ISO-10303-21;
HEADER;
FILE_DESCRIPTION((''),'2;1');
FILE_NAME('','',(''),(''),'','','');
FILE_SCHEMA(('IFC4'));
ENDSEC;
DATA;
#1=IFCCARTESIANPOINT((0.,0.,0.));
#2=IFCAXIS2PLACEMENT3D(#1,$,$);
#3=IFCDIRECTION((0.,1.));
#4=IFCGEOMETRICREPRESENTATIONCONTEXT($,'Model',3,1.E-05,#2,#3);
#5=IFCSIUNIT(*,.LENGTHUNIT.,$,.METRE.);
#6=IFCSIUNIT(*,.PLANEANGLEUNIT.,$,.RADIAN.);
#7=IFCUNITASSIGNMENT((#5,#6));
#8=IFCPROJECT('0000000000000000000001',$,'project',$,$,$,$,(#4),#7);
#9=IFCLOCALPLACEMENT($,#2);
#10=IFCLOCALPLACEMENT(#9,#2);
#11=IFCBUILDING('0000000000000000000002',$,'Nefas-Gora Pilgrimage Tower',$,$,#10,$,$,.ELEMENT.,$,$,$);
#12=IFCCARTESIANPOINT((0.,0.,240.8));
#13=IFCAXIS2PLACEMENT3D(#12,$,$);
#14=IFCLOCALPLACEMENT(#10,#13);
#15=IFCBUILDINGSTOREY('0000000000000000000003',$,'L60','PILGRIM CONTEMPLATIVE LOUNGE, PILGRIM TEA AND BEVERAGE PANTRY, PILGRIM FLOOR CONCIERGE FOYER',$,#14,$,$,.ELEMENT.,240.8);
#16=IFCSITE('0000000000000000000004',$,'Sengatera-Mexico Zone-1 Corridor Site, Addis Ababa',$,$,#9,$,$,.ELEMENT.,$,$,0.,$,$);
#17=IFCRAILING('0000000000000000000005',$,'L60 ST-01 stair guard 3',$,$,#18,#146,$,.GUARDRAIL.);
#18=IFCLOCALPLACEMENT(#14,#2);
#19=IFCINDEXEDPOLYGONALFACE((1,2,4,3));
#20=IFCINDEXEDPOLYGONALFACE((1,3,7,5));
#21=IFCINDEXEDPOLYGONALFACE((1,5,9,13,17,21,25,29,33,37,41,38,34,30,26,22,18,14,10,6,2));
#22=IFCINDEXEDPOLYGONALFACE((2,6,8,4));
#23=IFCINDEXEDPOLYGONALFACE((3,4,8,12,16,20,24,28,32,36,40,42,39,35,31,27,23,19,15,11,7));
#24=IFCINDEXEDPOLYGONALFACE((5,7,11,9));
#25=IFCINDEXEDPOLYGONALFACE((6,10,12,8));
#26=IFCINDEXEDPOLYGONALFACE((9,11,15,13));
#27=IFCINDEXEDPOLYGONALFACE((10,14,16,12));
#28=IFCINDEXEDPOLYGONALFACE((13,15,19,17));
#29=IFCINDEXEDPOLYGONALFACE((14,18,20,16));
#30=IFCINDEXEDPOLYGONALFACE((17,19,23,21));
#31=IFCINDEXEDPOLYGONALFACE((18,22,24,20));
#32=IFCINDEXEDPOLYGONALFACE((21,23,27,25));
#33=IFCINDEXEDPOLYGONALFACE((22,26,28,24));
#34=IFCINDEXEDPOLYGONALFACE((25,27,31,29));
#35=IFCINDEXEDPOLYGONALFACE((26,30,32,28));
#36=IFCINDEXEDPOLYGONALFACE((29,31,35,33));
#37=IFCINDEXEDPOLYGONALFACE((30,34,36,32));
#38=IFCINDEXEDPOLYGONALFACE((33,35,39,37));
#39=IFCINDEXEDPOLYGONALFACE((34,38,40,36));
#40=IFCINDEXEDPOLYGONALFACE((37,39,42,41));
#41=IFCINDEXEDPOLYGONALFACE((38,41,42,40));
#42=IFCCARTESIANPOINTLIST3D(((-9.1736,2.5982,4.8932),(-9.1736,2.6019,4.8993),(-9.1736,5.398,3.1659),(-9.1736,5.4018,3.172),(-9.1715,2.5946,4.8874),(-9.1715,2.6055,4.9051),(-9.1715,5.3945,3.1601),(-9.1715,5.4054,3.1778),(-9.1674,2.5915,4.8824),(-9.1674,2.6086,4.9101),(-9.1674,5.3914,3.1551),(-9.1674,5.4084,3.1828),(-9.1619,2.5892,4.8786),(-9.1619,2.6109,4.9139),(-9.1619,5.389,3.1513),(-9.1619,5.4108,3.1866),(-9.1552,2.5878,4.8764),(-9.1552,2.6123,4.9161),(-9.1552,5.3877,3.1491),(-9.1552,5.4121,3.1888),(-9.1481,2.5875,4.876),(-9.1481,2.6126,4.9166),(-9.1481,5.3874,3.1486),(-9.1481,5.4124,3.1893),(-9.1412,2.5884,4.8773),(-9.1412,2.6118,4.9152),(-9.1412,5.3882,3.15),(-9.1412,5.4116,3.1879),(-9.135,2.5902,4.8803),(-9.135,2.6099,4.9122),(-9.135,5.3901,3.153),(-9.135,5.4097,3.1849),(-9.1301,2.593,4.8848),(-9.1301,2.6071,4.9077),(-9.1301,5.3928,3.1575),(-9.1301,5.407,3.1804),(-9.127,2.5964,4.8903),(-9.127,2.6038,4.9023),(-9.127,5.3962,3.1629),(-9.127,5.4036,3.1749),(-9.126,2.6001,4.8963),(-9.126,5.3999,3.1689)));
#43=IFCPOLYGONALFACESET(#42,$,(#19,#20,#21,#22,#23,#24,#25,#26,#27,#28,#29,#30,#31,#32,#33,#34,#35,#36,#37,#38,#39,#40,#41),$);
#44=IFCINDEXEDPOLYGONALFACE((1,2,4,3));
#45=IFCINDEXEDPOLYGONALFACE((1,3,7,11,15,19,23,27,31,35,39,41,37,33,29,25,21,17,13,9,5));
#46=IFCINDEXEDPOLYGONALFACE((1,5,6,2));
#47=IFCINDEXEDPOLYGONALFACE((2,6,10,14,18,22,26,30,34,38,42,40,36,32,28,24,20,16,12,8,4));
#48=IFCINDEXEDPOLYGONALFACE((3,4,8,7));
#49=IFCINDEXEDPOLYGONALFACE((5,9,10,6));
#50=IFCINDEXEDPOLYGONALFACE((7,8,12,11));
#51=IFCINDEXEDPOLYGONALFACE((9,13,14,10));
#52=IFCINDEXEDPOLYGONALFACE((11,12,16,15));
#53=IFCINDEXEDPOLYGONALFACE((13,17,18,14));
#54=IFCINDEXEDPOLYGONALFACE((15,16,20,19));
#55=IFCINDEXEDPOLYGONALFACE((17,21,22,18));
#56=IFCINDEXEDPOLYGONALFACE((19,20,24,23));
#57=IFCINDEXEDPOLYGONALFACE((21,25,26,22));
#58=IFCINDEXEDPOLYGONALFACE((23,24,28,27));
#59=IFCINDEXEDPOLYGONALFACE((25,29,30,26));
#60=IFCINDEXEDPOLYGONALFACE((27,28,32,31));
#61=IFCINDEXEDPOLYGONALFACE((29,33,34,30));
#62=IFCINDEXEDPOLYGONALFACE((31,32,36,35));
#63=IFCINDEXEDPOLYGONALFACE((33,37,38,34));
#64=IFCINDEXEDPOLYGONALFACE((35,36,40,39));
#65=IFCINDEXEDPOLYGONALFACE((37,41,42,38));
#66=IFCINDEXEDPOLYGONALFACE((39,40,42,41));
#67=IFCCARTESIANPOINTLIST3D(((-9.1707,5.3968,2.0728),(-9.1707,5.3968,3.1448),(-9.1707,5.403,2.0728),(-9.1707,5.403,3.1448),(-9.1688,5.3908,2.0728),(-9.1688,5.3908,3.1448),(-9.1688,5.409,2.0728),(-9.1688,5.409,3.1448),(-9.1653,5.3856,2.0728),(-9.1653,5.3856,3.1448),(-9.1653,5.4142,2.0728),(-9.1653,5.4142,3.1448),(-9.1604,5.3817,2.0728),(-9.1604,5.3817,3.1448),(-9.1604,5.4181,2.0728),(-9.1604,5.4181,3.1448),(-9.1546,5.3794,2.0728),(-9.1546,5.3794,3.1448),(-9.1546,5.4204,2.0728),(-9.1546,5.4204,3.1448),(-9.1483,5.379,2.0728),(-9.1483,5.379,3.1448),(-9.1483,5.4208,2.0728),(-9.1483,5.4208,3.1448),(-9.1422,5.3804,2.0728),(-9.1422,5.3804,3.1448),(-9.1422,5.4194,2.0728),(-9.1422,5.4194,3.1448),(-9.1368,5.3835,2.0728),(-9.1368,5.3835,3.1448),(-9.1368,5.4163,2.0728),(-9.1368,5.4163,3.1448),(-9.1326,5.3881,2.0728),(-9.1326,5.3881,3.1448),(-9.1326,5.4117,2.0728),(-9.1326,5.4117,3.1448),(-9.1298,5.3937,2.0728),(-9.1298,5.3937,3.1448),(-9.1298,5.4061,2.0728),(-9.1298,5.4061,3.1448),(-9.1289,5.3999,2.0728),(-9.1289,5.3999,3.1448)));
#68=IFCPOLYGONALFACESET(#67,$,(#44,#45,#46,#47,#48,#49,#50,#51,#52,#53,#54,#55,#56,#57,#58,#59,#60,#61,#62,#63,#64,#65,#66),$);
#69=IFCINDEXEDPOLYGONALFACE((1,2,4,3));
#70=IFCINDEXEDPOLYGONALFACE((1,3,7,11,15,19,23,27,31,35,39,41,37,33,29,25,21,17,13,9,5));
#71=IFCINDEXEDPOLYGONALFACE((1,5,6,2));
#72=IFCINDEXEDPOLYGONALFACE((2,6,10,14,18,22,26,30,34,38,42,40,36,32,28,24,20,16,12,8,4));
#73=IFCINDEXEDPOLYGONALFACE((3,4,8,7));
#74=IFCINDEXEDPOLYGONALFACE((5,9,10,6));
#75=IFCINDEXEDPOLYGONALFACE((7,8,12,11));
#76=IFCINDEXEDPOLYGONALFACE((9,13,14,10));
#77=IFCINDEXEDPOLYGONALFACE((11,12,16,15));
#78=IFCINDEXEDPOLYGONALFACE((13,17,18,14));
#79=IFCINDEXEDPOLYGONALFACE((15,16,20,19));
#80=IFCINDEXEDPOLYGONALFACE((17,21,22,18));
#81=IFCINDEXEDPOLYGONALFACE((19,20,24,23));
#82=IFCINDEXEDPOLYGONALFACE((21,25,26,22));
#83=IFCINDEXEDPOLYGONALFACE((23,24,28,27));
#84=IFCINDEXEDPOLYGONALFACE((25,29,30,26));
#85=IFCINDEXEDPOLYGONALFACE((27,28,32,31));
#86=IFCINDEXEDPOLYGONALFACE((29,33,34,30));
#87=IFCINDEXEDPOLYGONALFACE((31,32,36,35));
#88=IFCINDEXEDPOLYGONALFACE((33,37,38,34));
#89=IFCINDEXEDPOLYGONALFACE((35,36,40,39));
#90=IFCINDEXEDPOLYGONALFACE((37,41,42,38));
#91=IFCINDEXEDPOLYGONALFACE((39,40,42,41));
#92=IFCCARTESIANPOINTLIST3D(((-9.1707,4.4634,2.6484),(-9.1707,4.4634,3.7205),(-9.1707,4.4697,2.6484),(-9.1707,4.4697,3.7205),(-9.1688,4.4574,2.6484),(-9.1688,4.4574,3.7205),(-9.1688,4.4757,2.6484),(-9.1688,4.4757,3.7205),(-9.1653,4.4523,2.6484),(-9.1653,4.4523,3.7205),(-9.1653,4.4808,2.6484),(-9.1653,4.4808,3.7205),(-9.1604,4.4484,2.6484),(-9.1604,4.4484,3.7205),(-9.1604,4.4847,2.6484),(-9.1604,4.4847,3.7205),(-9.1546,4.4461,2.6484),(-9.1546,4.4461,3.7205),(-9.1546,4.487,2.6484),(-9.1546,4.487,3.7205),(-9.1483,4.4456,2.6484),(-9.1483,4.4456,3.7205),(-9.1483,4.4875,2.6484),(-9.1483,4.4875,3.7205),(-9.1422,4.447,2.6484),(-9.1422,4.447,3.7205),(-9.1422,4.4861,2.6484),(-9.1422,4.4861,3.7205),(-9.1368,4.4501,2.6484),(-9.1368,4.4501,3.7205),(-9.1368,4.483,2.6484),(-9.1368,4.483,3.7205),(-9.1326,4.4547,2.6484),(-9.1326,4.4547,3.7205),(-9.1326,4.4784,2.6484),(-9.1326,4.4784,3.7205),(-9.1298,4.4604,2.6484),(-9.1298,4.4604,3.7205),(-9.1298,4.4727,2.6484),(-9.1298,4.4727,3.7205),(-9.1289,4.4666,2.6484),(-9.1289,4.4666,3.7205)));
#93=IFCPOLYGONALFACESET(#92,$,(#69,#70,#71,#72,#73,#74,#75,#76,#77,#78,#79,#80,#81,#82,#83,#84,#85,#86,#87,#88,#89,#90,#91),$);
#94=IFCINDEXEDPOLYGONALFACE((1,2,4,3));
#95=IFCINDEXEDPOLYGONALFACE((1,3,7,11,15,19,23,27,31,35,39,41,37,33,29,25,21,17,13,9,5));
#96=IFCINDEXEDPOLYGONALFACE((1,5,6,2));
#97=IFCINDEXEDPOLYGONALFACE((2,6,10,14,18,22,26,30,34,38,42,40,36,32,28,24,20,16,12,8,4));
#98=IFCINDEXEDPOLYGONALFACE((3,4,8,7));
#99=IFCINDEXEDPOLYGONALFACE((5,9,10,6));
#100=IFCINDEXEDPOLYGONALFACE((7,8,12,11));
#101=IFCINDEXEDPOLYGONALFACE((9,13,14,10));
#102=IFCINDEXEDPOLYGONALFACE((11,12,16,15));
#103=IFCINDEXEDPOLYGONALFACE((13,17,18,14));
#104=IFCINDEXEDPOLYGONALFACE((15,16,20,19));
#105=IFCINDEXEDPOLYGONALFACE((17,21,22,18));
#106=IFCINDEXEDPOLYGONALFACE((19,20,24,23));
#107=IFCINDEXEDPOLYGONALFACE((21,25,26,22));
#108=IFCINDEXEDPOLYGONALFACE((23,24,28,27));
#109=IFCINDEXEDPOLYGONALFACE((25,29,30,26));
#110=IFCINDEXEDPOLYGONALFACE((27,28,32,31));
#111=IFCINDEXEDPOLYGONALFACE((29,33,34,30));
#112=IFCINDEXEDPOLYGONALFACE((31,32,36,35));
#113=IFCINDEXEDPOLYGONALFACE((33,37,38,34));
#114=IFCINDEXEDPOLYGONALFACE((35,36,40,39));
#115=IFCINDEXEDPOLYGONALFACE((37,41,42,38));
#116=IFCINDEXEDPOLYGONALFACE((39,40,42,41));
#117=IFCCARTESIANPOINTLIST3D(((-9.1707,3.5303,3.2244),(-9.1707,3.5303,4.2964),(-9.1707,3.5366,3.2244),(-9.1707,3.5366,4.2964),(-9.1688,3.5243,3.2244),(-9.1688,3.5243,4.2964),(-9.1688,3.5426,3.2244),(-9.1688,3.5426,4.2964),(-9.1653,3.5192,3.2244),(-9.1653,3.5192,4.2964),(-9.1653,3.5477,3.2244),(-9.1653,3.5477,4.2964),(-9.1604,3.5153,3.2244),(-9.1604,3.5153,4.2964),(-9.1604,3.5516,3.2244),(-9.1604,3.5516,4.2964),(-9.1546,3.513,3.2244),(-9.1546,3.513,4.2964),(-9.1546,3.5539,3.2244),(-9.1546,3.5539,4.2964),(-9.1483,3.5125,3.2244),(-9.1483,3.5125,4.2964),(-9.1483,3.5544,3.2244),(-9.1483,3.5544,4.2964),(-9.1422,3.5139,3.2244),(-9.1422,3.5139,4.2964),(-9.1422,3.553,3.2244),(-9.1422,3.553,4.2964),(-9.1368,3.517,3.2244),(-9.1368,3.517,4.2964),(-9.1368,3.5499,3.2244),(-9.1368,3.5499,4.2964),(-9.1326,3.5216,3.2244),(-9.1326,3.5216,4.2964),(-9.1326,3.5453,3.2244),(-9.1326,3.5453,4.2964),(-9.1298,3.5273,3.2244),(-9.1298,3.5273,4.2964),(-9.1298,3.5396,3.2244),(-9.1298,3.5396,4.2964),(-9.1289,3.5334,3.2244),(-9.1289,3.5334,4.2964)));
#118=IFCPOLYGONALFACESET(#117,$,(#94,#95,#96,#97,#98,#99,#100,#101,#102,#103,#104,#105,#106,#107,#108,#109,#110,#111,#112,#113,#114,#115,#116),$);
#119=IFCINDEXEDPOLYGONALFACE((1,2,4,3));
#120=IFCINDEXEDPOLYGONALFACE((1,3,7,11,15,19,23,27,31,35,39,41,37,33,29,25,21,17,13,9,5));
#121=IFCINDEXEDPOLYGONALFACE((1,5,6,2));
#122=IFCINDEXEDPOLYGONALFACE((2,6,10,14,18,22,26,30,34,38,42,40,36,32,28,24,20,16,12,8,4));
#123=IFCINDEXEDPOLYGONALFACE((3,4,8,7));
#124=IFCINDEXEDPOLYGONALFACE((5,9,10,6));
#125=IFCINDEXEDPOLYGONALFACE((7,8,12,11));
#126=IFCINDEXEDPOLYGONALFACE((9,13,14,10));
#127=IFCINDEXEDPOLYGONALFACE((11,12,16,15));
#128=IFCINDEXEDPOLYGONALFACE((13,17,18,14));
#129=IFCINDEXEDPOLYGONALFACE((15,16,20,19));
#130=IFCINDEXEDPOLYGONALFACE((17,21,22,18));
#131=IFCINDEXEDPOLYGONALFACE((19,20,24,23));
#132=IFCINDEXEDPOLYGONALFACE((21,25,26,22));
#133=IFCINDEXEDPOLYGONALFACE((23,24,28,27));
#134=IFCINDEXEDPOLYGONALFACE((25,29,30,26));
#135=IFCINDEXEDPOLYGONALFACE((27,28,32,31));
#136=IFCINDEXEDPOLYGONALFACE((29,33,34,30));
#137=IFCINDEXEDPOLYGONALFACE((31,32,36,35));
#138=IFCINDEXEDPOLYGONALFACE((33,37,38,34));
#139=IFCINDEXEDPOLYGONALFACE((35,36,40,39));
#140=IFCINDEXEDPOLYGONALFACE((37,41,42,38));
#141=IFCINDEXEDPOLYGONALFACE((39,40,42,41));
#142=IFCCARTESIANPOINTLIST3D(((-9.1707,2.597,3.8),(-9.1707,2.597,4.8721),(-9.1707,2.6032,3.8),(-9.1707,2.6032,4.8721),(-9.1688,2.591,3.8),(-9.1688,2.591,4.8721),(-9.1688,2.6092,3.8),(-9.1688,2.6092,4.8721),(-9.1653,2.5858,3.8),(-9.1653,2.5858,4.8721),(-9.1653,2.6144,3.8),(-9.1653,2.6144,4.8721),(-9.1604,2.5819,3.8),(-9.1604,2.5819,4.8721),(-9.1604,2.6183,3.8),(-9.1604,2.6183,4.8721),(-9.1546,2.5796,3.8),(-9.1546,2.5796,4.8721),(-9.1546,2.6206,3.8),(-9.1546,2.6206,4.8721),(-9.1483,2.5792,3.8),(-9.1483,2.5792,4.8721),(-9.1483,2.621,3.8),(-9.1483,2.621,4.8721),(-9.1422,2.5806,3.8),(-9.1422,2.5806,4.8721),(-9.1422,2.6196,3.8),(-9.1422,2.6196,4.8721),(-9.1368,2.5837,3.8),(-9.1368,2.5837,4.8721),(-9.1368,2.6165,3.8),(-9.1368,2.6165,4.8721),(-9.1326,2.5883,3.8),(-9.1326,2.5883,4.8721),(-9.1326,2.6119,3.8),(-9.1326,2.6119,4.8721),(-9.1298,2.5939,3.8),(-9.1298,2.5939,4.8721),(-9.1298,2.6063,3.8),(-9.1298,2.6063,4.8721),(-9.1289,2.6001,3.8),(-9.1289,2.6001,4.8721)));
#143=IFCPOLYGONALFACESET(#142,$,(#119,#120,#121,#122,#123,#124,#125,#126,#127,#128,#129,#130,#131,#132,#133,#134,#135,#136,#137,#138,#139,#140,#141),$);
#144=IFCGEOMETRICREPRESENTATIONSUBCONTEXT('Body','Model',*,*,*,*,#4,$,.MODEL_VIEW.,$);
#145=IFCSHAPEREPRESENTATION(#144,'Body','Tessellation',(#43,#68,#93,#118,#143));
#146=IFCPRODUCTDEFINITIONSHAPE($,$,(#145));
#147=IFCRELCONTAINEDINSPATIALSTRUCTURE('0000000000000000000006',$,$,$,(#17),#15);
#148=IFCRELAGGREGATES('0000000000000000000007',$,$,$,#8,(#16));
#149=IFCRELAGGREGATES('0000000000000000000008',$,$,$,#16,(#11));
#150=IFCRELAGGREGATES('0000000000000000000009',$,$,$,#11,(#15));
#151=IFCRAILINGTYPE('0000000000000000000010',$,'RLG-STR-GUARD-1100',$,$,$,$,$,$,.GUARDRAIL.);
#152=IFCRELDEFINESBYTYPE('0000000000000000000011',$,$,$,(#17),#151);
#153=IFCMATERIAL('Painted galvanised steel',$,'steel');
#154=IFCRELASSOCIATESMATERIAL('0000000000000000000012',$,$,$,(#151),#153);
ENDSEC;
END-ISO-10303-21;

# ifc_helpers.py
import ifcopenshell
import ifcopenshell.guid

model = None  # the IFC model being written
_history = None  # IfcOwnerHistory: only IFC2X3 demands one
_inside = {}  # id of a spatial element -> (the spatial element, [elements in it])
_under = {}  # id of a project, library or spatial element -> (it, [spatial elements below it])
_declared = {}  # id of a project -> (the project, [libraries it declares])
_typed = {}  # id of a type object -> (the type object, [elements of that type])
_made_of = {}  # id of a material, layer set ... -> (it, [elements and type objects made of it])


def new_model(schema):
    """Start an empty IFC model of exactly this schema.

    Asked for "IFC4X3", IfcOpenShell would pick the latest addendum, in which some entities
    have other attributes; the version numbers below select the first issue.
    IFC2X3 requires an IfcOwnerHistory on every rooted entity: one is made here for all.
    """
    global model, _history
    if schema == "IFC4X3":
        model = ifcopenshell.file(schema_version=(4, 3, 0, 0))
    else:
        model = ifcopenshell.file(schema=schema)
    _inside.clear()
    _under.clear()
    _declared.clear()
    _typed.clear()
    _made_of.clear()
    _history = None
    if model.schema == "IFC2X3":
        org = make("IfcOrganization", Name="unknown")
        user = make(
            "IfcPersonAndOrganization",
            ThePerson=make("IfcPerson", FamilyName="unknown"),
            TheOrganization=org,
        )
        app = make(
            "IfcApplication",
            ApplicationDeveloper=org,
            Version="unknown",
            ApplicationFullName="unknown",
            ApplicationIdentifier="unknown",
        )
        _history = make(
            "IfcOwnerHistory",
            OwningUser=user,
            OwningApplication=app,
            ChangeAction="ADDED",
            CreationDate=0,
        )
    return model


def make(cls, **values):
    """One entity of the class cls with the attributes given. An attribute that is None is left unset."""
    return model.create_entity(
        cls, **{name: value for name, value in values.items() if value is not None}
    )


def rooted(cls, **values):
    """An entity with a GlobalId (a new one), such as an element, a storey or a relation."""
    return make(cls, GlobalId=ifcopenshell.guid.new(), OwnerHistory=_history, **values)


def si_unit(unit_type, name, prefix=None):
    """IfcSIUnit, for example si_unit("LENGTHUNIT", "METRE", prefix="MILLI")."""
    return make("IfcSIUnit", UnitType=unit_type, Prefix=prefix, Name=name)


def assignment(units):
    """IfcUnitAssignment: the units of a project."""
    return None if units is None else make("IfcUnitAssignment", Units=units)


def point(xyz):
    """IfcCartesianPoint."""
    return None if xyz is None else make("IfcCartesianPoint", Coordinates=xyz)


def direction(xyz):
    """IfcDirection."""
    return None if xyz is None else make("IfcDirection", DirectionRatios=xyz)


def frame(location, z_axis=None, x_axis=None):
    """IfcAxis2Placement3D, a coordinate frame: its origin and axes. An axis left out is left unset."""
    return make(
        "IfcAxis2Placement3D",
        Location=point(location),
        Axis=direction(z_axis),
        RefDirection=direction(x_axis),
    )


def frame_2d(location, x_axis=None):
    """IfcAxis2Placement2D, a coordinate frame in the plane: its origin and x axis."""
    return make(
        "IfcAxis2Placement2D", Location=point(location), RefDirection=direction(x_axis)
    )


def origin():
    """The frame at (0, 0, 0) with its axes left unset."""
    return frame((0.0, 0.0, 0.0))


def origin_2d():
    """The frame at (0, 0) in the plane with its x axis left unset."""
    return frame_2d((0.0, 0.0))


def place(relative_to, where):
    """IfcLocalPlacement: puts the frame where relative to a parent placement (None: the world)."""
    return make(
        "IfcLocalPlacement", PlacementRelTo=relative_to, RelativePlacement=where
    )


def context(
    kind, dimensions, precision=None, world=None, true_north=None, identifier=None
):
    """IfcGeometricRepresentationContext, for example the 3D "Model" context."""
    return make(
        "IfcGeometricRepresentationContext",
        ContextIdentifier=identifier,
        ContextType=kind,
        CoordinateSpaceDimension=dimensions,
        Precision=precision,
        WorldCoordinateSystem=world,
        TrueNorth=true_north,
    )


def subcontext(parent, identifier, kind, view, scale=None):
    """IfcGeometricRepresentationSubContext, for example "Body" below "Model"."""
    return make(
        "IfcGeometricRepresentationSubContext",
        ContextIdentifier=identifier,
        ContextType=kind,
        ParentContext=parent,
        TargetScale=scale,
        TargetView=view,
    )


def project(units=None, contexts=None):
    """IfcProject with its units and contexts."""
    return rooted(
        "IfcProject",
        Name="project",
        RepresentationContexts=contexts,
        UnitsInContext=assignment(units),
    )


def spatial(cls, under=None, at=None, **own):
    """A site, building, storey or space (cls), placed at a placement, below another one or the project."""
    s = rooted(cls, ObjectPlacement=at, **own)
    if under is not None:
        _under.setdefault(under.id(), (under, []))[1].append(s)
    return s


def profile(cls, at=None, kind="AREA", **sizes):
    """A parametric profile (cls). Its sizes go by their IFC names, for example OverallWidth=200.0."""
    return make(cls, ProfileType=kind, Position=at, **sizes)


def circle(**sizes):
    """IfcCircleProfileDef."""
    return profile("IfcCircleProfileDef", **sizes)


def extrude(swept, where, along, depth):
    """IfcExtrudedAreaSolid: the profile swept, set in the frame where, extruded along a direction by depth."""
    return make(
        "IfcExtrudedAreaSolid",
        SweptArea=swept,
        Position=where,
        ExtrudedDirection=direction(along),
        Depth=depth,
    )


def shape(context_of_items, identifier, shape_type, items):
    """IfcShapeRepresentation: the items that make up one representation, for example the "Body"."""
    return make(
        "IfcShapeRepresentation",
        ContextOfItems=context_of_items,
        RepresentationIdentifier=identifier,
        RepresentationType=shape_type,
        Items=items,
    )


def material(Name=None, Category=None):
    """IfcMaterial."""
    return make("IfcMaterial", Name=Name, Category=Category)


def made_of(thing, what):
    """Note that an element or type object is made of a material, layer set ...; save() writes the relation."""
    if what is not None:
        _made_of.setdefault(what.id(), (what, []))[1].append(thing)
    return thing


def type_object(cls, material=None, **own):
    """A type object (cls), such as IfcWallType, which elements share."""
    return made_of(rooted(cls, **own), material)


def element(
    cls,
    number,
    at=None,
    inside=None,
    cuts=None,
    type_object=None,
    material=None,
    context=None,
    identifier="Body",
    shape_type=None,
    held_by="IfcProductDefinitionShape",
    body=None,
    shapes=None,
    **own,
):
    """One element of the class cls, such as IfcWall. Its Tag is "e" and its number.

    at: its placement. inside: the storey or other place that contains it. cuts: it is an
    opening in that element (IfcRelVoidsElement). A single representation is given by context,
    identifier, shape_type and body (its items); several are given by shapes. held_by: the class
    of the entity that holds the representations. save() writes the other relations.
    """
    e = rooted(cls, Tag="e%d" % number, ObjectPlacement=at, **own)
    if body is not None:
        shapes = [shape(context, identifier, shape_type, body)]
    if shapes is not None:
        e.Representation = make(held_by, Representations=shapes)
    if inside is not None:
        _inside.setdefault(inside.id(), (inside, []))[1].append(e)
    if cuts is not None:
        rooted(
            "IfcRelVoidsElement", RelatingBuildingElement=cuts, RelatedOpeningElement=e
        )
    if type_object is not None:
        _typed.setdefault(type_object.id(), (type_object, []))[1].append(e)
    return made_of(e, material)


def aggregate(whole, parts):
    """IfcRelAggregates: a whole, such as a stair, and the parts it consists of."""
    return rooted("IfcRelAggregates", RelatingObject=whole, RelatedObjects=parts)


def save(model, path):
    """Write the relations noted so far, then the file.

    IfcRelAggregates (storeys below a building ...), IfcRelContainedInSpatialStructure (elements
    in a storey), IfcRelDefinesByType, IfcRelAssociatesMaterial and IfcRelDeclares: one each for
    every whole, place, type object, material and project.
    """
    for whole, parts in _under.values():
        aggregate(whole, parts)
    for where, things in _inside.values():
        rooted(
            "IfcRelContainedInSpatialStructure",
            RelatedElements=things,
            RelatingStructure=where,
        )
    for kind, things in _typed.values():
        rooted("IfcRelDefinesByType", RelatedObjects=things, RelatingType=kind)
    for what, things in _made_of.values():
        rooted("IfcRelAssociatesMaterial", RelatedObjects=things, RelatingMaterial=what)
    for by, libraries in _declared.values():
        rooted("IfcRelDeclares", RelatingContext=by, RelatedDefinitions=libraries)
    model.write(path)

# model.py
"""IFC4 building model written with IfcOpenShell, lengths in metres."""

from ifc_helpers import new_model, si_unit, direction, frame, origin, origin_2d, place, context, subcontext, project, spatial, circle, extrude, material, type_object, element, save


model = new_model("IFC4")

# Units and contexts
model_context = context("Model", 3, precision=1e-05, world=origin(), true_north=direction((0.0, 1.0)))
body_context = subcontext(model_context, "Body", "Model", "MODEL_VIEW")
ifc_project = project(units=[si_unit("LENGTHUNIT", "METRE"), si_unit("PLANEANGLEUNIT", "RADIAN")], contexts=[model_context])

# Site, building, storey
site_placement = place(None, origin())
site = spatial("IfcSite", under=ifc_project, at=site_placement, Name="Sengatera-Mexico Zone-1 Corridor Site, Addis Ababa", CompositionType="ELEMENT", RefElevation=0.0)
building_placement = place(site_placement, origin())
building = spatial("IfcBuilding", under=site, at=building_placement, Name="Nefas-Gora Pilgrimage Tower", CompositionType="ELEMENT")
storey_placement = place(building_placement, frame((0.0, 0.0, 240.8)))
storey = spatial("IfcBuildingStorey", under=building, at=storey_placement, Name="L60", Description="PILGRIM CONTEMPLATIVE LOUNGE, PILGRIM TEA AND BEVERAGE PANTRY, PILGRIM FLOOR CONCIERGE FOYER", CompositionType="ELEMENT", Elevation=240.8)

# Railing
ifc_material_1 = material(Name="Painted galvanised steel", Category="steel")
railing_type_1 = type_object("IfcRailingType", Name="RLG-STR-GUARD-1100", PredefinedType="GUARDRAIL", material=ifc_material_1)
railing_1_placement = place(storey_placement, frame((-9.1499, 5.3999, 2.0728)))
element("IfcRailing", 1, at=railing_1_placement, inside=storey, type_object=railing_type_1, Name="L60 ST-01 stair guard 3", PredefinedType="GUARDRAIL", context=body_context, shape_type="SweptSolid", body=[
    extrude(circle(Radius=0.0239, at=origin_2d()), frame((0.0, 0.0, 1.0962), z_axis=(0.0, -0.851069, 0.525054), x_axis=(1.0, 0.0, 0.0)), (0.0, 0.0, 1.0), 3.2898),
    extrude(circle(Radius=0.021, at=origin_2d()), origin(), (0.0, 0.0, 1.0), 1.072),
    extrude(circle(Radius=0.021, at=origin_2d()), frame((0.0, -0.9333, 0.5757)), (0.0, 0.0, 1.0), 1.072),
    extrude(circle(Radius=0.021, at=origin_2d()), frame((0.0, -1.8665, 1.1516)), (0.0, 0.0, 1.0), 1.072),
    extrude(circle(Radius=0.021, at=origin_2d()), frame((0.0, -2.7998, 1.7273)), (0.0, 0.0, 1.0), 1.072),
])

save(model, "model.ifc")
